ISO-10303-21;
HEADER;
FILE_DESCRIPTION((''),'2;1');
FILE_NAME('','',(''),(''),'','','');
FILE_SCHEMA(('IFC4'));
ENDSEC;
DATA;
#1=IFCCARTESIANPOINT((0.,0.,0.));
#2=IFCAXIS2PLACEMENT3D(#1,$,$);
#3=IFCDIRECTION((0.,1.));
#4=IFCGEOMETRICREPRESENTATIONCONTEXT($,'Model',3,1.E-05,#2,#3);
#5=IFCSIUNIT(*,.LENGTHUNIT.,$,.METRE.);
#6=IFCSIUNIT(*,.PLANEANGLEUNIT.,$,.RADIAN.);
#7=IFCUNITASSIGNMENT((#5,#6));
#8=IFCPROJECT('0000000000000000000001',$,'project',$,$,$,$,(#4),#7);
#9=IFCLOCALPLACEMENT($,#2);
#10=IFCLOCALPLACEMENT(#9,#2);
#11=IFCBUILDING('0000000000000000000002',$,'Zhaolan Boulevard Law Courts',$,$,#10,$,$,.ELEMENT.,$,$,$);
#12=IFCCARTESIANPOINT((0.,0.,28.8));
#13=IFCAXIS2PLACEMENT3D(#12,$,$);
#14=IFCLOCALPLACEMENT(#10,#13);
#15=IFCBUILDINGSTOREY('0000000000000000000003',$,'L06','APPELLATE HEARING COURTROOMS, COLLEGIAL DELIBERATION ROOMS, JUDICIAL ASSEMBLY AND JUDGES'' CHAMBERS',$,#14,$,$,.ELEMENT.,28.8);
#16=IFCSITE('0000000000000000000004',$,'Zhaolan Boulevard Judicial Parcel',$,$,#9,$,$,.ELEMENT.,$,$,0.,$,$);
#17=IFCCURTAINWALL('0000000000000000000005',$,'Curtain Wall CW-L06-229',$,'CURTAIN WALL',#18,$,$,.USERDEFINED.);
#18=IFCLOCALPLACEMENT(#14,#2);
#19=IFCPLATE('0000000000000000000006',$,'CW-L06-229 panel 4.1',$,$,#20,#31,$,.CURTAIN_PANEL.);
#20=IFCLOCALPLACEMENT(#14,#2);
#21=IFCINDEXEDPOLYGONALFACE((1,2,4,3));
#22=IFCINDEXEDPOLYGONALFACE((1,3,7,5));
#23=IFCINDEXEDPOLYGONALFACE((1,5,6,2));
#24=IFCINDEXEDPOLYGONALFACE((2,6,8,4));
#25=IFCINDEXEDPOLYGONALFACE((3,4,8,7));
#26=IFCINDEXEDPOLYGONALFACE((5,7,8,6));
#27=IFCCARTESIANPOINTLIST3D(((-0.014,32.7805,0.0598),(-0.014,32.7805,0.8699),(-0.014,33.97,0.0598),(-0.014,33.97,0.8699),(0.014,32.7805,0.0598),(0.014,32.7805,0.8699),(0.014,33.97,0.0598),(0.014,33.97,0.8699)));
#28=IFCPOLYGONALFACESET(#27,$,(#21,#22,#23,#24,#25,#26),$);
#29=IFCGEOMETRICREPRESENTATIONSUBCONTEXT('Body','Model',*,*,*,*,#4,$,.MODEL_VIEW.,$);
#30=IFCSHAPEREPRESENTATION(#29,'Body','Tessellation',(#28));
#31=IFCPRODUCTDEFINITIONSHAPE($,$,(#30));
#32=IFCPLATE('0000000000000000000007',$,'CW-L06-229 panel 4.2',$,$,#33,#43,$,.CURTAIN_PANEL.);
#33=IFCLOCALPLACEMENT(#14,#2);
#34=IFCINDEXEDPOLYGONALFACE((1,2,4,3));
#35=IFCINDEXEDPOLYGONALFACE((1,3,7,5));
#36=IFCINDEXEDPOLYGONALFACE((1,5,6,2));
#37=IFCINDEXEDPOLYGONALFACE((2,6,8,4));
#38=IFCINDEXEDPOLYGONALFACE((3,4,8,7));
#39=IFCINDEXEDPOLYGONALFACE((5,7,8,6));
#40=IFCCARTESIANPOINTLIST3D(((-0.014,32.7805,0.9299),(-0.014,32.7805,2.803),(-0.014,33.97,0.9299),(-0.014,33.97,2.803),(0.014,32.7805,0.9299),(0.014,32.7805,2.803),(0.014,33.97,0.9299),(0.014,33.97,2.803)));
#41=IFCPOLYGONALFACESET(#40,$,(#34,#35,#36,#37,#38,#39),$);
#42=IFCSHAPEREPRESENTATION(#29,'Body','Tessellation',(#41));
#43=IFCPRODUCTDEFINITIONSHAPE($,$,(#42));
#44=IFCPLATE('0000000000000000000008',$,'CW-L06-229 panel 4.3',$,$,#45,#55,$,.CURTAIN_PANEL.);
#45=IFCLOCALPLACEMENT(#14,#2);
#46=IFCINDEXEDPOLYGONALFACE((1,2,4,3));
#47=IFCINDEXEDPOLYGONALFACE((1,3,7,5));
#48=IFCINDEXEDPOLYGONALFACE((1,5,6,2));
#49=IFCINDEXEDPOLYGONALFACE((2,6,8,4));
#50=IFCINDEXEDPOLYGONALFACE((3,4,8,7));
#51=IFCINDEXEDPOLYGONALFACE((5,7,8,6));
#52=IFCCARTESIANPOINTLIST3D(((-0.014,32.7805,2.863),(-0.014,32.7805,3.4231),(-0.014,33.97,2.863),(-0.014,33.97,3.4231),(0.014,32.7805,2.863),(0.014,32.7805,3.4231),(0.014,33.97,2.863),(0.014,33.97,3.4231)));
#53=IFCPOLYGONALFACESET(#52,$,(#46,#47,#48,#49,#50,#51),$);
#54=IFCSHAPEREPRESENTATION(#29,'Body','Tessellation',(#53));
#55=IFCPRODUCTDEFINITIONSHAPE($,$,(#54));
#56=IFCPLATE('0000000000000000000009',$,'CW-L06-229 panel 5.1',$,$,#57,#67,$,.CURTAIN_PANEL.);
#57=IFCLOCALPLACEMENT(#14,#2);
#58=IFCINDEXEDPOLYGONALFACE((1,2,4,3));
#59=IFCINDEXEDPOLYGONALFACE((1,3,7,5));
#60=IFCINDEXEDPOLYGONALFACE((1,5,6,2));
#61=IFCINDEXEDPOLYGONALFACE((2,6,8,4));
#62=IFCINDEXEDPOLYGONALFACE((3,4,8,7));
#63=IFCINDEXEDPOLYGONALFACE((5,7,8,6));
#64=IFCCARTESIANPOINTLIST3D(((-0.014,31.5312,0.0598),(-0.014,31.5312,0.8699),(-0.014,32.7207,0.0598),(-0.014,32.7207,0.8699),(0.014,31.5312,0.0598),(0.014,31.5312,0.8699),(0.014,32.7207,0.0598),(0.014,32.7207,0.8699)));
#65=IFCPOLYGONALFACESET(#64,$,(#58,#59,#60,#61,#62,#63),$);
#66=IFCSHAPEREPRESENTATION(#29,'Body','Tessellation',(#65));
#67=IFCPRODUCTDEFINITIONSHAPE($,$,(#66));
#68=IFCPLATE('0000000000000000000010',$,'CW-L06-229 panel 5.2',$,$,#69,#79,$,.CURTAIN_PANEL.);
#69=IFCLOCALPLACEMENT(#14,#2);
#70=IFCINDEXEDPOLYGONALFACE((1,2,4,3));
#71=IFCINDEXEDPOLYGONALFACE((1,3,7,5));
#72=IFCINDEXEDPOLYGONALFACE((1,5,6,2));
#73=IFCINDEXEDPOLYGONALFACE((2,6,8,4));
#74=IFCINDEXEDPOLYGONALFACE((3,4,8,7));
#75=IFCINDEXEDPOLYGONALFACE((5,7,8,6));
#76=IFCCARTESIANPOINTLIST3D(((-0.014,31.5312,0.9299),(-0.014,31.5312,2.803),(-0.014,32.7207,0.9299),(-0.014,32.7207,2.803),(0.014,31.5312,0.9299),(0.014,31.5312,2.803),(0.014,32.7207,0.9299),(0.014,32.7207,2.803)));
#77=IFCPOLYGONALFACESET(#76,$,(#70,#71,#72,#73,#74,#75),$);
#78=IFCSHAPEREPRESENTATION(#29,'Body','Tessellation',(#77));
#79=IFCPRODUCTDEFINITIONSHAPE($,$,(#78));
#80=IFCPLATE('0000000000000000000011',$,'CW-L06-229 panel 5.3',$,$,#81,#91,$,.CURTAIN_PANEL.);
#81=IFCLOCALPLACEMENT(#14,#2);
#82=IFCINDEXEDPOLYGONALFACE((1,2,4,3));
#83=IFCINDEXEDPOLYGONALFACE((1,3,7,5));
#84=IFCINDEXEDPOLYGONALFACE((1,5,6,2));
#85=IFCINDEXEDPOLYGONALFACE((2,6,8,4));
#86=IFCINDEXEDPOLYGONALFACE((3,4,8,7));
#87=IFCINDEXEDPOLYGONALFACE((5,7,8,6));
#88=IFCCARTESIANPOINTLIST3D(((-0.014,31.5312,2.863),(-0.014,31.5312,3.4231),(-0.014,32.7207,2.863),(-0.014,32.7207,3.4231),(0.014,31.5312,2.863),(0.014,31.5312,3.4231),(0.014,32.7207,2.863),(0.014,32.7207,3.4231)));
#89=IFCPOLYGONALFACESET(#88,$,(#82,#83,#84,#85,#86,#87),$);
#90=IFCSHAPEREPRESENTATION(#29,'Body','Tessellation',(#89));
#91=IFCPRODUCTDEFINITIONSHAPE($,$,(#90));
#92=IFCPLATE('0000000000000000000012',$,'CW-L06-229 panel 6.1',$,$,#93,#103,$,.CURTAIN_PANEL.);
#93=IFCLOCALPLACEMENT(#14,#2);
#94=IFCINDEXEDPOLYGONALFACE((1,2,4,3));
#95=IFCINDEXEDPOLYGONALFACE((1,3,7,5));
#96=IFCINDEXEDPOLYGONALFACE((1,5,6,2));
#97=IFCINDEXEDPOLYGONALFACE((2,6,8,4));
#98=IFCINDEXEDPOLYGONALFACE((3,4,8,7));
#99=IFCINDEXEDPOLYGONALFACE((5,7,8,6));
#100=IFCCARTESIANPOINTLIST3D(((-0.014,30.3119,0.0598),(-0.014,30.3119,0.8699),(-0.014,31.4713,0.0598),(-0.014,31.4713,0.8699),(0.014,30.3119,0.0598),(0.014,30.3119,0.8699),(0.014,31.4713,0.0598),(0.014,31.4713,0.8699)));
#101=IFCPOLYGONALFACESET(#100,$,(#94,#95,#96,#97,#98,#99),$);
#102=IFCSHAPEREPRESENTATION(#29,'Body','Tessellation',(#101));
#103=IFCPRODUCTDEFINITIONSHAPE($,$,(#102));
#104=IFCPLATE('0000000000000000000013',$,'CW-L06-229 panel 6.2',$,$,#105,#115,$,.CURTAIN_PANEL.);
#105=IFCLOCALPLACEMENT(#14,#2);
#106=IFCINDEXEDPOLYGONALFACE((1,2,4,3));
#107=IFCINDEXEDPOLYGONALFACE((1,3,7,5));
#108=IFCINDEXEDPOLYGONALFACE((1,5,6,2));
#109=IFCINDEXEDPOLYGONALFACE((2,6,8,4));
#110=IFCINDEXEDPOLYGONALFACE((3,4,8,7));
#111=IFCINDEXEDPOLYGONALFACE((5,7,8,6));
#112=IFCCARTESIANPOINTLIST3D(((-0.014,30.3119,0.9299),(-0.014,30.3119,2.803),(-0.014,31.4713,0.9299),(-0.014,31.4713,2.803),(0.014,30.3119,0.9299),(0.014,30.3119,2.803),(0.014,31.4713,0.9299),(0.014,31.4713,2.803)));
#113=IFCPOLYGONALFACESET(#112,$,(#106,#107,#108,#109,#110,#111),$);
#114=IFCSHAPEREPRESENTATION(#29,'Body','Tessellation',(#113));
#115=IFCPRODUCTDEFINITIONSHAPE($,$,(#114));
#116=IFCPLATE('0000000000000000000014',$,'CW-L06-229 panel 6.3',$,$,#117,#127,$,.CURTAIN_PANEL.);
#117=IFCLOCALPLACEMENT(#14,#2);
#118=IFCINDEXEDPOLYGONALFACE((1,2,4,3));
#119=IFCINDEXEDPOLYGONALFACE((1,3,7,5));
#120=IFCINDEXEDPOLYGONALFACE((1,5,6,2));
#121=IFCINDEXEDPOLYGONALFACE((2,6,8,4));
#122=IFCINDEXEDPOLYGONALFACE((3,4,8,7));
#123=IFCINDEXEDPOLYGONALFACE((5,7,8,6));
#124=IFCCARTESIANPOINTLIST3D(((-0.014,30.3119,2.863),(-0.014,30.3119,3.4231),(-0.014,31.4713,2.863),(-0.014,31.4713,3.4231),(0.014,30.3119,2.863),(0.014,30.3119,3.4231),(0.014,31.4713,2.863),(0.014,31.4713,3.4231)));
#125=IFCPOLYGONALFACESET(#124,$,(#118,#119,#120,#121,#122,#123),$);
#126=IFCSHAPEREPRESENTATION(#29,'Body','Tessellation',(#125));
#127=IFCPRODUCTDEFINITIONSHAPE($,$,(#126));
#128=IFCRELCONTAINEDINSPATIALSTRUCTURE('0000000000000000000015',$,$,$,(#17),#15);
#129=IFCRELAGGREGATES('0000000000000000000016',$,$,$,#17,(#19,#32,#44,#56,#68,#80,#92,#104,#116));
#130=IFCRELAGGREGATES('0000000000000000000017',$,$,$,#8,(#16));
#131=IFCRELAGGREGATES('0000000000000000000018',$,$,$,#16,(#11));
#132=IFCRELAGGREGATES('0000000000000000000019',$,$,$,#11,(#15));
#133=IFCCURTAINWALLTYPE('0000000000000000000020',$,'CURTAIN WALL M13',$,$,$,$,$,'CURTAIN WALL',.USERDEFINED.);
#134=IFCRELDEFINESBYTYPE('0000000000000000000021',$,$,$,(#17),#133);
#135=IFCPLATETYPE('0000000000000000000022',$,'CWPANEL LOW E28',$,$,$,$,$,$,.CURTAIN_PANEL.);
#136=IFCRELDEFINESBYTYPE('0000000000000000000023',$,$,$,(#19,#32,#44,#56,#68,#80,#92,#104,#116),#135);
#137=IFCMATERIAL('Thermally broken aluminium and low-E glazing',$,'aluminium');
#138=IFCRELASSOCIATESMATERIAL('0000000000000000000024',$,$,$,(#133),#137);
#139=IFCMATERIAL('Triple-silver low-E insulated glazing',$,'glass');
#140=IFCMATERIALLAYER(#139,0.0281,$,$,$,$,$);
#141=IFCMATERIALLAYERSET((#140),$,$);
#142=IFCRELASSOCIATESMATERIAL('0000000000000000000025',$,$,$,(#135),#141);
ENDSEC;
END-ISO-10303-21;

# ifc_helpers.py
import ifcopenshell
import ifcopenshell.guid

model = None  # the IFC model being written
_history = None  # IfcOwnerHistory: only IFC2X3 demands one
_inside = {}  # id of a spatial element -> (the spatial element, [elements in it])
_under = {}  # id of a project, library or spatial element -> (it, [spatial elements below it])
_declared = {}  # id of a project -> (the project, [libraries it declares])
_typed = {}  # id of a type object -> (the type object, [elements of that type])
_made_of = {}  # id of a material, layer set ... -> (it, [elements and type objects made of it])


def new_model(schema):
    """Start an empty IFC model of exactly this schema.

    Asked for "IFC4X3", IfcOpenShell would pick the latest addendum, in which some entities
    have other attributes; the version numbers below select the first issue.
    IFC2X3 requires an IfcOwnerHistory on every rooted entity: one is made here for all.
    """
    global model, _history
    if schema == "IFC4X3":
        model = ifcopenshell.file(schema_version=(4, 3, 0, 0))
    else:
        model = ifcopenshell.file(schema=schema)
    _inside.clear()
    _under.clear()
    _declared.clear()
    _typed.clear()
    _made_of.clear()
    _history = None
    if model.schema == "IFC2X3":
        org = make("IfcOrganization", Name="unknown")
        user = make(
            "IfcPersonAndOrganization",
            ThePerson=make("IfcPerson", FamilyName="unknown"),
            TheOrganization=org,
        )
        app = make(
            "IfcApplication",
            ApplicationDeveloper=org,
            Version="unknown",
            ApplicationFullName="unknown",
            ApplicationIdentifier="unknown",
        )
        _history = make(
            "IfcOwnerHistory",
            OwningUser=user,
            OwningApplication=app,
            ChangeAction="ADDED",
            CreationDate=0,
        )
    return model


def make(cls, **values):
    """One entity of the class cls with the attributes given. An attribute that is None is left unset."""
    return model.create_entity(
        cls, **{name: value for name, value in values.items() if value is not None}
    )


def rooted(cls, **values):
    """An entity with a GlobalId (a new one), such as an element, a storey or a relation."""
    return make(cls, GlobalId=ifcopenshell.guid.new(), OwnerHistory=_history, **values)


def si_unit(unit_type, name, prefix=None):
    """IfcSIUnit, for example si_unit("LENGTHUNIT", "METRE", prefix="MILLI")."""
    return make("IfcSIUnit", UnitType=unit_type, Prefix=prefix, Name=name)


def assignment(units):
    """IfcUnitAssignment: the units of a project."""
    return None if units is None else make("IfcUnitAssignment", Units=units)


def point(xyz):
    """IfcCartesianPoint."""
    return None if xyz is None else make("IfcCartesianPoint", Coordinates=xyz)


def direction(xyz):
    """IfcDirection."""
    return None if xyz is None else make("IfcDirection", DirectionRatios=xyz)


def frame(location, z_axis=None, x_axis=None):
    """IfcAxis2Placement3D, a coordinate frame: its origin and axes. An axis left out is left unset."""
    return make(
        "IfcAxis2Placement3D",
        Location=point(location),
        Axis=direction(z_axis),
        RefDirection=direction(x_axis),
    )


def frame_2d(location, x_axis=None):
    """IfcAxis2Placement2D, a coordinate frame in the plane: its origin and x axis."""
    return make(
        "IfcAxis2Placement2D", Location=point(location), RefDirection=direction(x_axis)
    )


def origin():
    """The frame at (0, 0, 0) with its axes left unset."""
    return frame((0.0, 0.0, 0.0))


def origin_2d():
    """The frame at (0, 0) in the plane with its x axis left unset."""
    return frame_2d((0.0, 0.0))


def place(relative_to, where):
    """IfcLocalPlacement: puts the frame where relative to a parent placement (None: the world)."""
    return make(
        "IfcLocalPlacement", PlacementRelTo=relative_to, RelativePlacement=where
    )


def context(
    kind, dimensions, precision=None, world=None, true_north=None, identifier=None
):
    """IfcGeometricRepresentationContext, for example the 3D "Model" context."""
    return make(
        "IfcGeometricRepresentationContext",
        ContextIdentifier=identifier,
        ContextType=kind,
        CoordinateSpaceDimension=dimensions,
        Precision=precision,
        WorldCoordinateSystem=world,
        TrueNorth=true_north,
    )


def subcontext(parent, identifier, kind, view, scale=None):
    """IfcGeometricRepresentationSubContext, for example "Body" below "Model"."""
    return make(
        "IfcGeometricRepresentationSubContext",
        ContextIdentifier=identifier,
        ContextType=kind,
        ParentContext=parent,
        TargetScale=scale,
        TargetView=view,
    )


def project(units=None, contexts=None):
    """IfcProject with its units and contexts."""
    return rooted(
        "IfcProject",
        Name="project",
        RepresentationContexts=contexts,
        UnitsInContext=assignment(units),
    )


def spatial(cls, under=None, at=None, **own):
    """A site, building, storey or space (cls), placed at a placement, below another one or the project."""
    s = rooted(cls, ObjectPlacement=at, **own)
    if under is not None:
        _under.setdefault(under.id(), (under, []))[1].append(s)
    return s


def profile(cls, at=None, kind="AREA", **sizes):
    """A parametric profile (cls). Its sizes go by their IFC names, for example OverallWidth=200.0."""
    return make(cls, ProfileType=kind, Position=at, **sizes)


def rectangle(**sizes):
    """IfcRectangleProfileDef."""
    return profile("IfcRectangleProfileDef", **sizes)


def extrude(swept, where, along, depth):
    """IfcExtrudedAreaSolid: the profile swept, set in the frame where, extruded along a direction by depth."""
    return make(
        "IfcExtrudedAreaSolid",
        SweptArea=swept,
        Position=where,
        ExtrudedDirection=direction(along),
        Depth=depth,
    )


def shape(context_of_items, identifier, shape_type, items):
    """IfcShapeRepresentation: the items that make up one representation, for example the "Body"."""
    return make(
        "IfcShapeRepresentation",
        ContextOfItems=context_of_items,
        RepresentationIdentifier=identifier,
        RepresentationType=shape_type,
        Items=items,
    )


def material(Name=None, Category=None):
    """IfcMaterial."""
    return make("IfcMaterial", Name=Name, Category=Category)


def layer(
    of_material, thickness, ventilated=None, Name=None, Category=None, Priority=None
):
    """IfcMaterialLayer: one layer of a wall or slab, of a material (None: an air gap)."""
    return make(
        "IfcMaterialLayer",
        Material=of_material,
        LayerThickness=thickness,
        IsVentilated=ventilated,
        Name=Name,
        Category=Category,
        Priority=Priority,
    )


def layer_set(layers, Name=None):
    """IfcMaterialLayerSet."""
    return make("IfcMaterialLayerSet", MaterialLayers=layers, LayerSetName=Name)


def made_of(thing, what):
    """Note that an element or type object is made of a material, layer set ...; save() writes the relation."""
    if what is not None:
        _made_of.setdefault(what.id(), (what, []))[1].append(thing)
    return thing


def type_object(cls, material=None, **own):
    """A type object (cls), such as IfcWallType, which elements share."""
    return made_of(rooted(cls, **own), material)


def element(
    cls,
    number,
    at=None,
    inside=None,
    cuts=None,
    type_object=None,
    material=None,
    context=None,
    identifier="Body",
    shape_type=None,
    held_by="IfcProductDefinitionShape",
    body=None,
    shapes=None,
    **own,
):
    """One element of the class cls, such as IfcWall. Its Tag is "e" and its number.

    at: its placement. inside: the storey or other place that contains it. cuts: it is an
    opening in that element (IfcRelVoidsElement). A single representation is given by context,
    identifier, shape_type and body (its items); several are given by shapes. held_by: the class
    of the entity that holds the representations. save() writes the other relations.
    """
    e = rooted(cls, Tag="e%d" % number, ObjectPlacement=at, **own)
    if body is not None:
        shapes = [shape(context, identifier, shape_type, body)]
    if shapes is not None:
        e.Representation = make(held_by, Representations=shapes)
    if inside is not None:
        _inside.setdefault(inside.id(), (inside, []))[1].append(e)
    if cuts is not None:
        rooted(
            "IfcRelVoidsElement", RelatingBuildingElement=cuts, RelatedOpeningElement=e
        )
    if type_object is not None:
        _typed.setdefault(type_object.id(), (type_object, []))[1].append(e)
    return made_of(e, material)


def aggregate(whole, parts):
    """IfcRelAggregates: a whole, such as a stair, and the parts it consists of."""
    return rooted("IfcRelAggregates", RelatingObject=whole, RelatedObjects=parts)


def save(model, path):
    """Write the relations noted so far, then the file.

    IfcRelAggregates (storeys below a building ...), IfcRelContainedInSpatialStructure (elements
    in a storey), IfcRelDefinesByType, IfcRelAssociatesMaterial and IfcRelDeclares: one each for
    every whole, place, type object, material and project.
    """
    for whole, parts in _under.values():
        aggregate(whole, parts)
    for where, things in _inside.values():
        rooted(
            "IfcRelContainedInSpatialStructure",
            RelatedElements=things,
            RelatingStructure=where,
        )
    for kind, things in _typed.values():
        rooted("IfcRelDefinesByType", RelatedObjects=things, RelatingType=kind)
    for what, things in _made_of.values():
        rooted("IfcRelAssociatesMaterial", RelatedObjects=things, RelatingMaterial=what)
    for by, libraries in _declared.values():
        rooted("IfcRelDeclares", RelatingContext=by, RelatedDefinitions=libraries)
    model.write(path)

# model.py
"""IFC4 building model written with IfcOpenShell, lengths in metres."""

from ifc_helpers import new_model, si_unit, direction, frame, origin, origin_2d, place, context, subcontext, project, spatial, rectangle, extrude, material, layer, layer_set, type_object, element, aggregate, save


model = new_model("IFC4")

# Units and contexts
model_context = context("Model", 3, precision=1e-05, world=origin(), true_north=direction((0.0, 1.0)))
body_context = subcontext(model_context, "Body", "Model", "MODEL_VIEW")
ifc_project = project(units=[si_unit("LENGTHUNIT", "METRE"), si_unit("PLANEANGLEUNIT", "RADIAN")], contexts=[model_context])

# Site, building, storey
site_placement = place(None, origin())
site = spatial("IfcSite", under=ifc_project, at=site_placement, Name="Zhaolan Boulevard Judicial Parcel", CompositionType="ELEMENT", RefElevation=0.0)
building_placement = place(site_placement, origin())
building = spatial("IfcBuilding", under=site, at=building_placement, Name="Zhaolan Boulevard Law Courts", CompositionType="ELEMENT")
storey_placement = place(building_placement, frame((0.0, 0.0, 28.8)))
storey = spatial("IfcBuildingStorey", under=building, at=storey_placement, Name="L06", Description="APPELLATE HEARING COURTROOMS, COLLEGIAL DELIBERATION ROOMS, JUDICIAL ASSEMBLY AND JUDGES' CHAMBERS", CompositionType="ELEMENT", Elevation=28.8)

# Curtain wall
ifc_material_1 = material(Name="Thermally broken aluminium and low-E glazing", Category="aluminium")
curtain_wall_type = type_object("IfcCurtainWallType", Name="CURTAIN WALL M13", ElementType="CURTAIN WALL", PredefinedType="USERDEFINED", material=ifc_material_1)
curtain_wall_placement = place(storey_placement, origin())
curtain_wall = element("IfcCurtainWall", 1, at=curtain_wall_placement, inside=storey, type_object=curtain_wall_type, Name="Curtain Wall CW-L06-229", ObjectType="CURTAIN WALL", PredefinedType="USERDEFINED")

# Plates
ifc_material_2 = material(Name="Triple-silver low-E insulated glazing", Category="glass")
ifc_layer = layer(ifc_material_2, 0.0281)
ifc_layer_set = layer_set([ifc_layer])
plate_type = type_object("IfcPlateType", Name="CWPANEL LOW E28", PredefinedType="CURTAIN_PANEL", material=ifc_layer_set)
plate_1_placement = place(storey_placement, frame((0.0, 33.3752, 0.0598), z_axis=(0.0, 0.0, 1.0), x_axis=(0.0, -1.0, 0.0)))
plate_1 = element("IfcPlate", 2, at=plate_1_placement, type_object=plate_type, Name="CW-L06-229 panel 4.1", PredefinedType="CURTAIN_PANEL", context=body_context, shape_type="SweptSolid", body=[
    extrude(rectangle(XDim=1.1895, YDim=0.0281, at=origin_2d()), origin(), (0.0, 0.0, 1.0), 0.8101),
])
plate_2_placement = place(storey_placement, frame((0.0, 33.3752, 0.9299), z_axis=(0.0, 0.0, 1.0), x_axis=(0.0, -1.0, 0.0)))
plate_2 = element("IfcPlate", 3, at=plate_2_placement, type_object=plate_type, Name="CW-L06-229 panel 4.2", PredefinedType="CURTAIN_PANEL", context=body_context, shape_type="SweptSolid", body=[
    extrude(rectangle(XDim=1.1895, YDim=0.0281, at=origin_2d()), origin(), (0.0, 0.0, 1.0), 1.873),
])
plate_3_placement = place(storey_placement, frame((0.0, 33.3752, 2.863), z_axis=(0.0, 0.0, 1.0), x_axis=(0.0, -1.0, 0.0)))
plate_3 = element("IfcPlate", 4, at=plate_3_placement, type_object=plate_type, Name="CW-L06-229 panel 4.3", PredefinedType="CURTAIN_PANEL", context=body_context, shape_type="SweptSolid", body=[
    extrude(rectangle(XDim=1.1895, YDim=0.0281, at=origin_2d()), origin(), (0.0, 0.0, 1.0), 0.5601),
])
plate_4_placement = place(storey_placement, frame((0.0, 32.126, 0.0598), z_axis=(0.0, 0.0, 1.0), x_axis=(0.0, -1.0, 0.0)))
plate_4 = element("IfcPlate", 5, at=plate_4_placement, type_object=plate_type, Name="CW-L06-229 panel 5.1", PredefinedType="CURTAIN_PANEL", context=body_context, shape_type="SweptSolid", body=[
    extrude(rectangle(XDim=1.1895, YDim=0.0281, at=origin_2d()), origin(), (0.0, 0.0, 1.0), 0.8101),
])
plate_5_placement = place(storey_placement, frame((0.0, 32.126, 0.9299), z_axis=(0.0, 0.0, 1.0), x_axis=(0.0, -1.0, 0.0)))
plate_5 = element("IfcPlate", 6, at=plate_5_placement, type_object=plate_type, Name="CW-L06-229 panel 5.2", PredefinedType="CURTAIN_PANEL", context=body_context, shape_type="SweptSolid", body=[
    extrude(rectangle(XDim=1.1895, YDim=0.0281, at=origin_2d()), origin(), (0.0, 0.0, 1.0), 1.873),
])
plate_6_placement = place(storey_placement, frame((0.0, 32.126, 2.863), z_axis=(0.0, 0.0, 1.0), x_axis=(0.0, -1.0, 0.0)))
plate_6 = element("IfcPlate", 7, at=plate_6_placement, type_object=plate_type, Name="CW-L06-229 panel 5.3", PredefinedType="CURTAIN_PANEL", context=body_context, shape_type="SweptSolid", body=[
    extrude(rectangle(XDim=1.1895, YDim=0.0281, at=origin_2d()), origin(), (0.0, 0.0, 1.0), 0.5601),
])
plate_7_placement = place(storey_placement, frame((0.0, 30.8916, 0.0598), z_axis=(0.0, 0.0, 1.0), x_axis=(0.0, -1.0, 0.0)))
plate_7 = element("IfcPlate", 8, at=plate_7_placement, type_object=plate_type, Name="CW-L06-229 panel 6.1", PredefinedType="CURTAIN_PANEL", context=body_context, shape_type="SweptSolid", body=[
    extrude(rectangle(XDim=1.1594, YDim=0.0281, at=origin_2d()), origin(), (0.0, 0.0, 1.0), 0.8101),
])
plate_8_placement = place(storey_placement, frame((0.0, 30.8916, 0.9299), z_axis=(0.0, 0.0, 1.0), x_axis=(0.0, -1.0, 0.0)))
plate_8 = element("IfcPlate", 9, at=plate_8_placement, type_object=plate_type, Name="CW-L06-229 panel 6.2", PredefinedType="CURTAIN_PANEL", context=body_context, shape_type="SweptSolid", body=[
    extrude(rectangle(XDim=1.1594, YDim=0.0281, at=origin_2d()), origin(), (0.0, 0.0, 1.0), 1.873),
])
plate_9_placement = place(storey_placement, frame((0.0, 30.8916, 2.863), z_axis=(0.0, 0.0, 1.0), x_axis=(0.0, -1.0, 0.0)))
plate_9 = element("IfcPlate", 10, at=plate_9_placement, type_object=plate_type, Name="CW-L06-229 panel 6.3", PredefinedType="CURTAIN_PANEL", context=body_context, shape_type="SweptSolid", body=[
    extrude(rectangle(XDim=1.1594, YDim=0.0281, at=origin_2d()), origin(), (0.0, 0.0, 1.0), 0.5601),
])
aggregate(curtain_wall, [plate_1, plate_2, plate_3, plate_4, plate_5, plate_6, plate_7, plate_8, plate_9])

save(model, "model.ifc")
